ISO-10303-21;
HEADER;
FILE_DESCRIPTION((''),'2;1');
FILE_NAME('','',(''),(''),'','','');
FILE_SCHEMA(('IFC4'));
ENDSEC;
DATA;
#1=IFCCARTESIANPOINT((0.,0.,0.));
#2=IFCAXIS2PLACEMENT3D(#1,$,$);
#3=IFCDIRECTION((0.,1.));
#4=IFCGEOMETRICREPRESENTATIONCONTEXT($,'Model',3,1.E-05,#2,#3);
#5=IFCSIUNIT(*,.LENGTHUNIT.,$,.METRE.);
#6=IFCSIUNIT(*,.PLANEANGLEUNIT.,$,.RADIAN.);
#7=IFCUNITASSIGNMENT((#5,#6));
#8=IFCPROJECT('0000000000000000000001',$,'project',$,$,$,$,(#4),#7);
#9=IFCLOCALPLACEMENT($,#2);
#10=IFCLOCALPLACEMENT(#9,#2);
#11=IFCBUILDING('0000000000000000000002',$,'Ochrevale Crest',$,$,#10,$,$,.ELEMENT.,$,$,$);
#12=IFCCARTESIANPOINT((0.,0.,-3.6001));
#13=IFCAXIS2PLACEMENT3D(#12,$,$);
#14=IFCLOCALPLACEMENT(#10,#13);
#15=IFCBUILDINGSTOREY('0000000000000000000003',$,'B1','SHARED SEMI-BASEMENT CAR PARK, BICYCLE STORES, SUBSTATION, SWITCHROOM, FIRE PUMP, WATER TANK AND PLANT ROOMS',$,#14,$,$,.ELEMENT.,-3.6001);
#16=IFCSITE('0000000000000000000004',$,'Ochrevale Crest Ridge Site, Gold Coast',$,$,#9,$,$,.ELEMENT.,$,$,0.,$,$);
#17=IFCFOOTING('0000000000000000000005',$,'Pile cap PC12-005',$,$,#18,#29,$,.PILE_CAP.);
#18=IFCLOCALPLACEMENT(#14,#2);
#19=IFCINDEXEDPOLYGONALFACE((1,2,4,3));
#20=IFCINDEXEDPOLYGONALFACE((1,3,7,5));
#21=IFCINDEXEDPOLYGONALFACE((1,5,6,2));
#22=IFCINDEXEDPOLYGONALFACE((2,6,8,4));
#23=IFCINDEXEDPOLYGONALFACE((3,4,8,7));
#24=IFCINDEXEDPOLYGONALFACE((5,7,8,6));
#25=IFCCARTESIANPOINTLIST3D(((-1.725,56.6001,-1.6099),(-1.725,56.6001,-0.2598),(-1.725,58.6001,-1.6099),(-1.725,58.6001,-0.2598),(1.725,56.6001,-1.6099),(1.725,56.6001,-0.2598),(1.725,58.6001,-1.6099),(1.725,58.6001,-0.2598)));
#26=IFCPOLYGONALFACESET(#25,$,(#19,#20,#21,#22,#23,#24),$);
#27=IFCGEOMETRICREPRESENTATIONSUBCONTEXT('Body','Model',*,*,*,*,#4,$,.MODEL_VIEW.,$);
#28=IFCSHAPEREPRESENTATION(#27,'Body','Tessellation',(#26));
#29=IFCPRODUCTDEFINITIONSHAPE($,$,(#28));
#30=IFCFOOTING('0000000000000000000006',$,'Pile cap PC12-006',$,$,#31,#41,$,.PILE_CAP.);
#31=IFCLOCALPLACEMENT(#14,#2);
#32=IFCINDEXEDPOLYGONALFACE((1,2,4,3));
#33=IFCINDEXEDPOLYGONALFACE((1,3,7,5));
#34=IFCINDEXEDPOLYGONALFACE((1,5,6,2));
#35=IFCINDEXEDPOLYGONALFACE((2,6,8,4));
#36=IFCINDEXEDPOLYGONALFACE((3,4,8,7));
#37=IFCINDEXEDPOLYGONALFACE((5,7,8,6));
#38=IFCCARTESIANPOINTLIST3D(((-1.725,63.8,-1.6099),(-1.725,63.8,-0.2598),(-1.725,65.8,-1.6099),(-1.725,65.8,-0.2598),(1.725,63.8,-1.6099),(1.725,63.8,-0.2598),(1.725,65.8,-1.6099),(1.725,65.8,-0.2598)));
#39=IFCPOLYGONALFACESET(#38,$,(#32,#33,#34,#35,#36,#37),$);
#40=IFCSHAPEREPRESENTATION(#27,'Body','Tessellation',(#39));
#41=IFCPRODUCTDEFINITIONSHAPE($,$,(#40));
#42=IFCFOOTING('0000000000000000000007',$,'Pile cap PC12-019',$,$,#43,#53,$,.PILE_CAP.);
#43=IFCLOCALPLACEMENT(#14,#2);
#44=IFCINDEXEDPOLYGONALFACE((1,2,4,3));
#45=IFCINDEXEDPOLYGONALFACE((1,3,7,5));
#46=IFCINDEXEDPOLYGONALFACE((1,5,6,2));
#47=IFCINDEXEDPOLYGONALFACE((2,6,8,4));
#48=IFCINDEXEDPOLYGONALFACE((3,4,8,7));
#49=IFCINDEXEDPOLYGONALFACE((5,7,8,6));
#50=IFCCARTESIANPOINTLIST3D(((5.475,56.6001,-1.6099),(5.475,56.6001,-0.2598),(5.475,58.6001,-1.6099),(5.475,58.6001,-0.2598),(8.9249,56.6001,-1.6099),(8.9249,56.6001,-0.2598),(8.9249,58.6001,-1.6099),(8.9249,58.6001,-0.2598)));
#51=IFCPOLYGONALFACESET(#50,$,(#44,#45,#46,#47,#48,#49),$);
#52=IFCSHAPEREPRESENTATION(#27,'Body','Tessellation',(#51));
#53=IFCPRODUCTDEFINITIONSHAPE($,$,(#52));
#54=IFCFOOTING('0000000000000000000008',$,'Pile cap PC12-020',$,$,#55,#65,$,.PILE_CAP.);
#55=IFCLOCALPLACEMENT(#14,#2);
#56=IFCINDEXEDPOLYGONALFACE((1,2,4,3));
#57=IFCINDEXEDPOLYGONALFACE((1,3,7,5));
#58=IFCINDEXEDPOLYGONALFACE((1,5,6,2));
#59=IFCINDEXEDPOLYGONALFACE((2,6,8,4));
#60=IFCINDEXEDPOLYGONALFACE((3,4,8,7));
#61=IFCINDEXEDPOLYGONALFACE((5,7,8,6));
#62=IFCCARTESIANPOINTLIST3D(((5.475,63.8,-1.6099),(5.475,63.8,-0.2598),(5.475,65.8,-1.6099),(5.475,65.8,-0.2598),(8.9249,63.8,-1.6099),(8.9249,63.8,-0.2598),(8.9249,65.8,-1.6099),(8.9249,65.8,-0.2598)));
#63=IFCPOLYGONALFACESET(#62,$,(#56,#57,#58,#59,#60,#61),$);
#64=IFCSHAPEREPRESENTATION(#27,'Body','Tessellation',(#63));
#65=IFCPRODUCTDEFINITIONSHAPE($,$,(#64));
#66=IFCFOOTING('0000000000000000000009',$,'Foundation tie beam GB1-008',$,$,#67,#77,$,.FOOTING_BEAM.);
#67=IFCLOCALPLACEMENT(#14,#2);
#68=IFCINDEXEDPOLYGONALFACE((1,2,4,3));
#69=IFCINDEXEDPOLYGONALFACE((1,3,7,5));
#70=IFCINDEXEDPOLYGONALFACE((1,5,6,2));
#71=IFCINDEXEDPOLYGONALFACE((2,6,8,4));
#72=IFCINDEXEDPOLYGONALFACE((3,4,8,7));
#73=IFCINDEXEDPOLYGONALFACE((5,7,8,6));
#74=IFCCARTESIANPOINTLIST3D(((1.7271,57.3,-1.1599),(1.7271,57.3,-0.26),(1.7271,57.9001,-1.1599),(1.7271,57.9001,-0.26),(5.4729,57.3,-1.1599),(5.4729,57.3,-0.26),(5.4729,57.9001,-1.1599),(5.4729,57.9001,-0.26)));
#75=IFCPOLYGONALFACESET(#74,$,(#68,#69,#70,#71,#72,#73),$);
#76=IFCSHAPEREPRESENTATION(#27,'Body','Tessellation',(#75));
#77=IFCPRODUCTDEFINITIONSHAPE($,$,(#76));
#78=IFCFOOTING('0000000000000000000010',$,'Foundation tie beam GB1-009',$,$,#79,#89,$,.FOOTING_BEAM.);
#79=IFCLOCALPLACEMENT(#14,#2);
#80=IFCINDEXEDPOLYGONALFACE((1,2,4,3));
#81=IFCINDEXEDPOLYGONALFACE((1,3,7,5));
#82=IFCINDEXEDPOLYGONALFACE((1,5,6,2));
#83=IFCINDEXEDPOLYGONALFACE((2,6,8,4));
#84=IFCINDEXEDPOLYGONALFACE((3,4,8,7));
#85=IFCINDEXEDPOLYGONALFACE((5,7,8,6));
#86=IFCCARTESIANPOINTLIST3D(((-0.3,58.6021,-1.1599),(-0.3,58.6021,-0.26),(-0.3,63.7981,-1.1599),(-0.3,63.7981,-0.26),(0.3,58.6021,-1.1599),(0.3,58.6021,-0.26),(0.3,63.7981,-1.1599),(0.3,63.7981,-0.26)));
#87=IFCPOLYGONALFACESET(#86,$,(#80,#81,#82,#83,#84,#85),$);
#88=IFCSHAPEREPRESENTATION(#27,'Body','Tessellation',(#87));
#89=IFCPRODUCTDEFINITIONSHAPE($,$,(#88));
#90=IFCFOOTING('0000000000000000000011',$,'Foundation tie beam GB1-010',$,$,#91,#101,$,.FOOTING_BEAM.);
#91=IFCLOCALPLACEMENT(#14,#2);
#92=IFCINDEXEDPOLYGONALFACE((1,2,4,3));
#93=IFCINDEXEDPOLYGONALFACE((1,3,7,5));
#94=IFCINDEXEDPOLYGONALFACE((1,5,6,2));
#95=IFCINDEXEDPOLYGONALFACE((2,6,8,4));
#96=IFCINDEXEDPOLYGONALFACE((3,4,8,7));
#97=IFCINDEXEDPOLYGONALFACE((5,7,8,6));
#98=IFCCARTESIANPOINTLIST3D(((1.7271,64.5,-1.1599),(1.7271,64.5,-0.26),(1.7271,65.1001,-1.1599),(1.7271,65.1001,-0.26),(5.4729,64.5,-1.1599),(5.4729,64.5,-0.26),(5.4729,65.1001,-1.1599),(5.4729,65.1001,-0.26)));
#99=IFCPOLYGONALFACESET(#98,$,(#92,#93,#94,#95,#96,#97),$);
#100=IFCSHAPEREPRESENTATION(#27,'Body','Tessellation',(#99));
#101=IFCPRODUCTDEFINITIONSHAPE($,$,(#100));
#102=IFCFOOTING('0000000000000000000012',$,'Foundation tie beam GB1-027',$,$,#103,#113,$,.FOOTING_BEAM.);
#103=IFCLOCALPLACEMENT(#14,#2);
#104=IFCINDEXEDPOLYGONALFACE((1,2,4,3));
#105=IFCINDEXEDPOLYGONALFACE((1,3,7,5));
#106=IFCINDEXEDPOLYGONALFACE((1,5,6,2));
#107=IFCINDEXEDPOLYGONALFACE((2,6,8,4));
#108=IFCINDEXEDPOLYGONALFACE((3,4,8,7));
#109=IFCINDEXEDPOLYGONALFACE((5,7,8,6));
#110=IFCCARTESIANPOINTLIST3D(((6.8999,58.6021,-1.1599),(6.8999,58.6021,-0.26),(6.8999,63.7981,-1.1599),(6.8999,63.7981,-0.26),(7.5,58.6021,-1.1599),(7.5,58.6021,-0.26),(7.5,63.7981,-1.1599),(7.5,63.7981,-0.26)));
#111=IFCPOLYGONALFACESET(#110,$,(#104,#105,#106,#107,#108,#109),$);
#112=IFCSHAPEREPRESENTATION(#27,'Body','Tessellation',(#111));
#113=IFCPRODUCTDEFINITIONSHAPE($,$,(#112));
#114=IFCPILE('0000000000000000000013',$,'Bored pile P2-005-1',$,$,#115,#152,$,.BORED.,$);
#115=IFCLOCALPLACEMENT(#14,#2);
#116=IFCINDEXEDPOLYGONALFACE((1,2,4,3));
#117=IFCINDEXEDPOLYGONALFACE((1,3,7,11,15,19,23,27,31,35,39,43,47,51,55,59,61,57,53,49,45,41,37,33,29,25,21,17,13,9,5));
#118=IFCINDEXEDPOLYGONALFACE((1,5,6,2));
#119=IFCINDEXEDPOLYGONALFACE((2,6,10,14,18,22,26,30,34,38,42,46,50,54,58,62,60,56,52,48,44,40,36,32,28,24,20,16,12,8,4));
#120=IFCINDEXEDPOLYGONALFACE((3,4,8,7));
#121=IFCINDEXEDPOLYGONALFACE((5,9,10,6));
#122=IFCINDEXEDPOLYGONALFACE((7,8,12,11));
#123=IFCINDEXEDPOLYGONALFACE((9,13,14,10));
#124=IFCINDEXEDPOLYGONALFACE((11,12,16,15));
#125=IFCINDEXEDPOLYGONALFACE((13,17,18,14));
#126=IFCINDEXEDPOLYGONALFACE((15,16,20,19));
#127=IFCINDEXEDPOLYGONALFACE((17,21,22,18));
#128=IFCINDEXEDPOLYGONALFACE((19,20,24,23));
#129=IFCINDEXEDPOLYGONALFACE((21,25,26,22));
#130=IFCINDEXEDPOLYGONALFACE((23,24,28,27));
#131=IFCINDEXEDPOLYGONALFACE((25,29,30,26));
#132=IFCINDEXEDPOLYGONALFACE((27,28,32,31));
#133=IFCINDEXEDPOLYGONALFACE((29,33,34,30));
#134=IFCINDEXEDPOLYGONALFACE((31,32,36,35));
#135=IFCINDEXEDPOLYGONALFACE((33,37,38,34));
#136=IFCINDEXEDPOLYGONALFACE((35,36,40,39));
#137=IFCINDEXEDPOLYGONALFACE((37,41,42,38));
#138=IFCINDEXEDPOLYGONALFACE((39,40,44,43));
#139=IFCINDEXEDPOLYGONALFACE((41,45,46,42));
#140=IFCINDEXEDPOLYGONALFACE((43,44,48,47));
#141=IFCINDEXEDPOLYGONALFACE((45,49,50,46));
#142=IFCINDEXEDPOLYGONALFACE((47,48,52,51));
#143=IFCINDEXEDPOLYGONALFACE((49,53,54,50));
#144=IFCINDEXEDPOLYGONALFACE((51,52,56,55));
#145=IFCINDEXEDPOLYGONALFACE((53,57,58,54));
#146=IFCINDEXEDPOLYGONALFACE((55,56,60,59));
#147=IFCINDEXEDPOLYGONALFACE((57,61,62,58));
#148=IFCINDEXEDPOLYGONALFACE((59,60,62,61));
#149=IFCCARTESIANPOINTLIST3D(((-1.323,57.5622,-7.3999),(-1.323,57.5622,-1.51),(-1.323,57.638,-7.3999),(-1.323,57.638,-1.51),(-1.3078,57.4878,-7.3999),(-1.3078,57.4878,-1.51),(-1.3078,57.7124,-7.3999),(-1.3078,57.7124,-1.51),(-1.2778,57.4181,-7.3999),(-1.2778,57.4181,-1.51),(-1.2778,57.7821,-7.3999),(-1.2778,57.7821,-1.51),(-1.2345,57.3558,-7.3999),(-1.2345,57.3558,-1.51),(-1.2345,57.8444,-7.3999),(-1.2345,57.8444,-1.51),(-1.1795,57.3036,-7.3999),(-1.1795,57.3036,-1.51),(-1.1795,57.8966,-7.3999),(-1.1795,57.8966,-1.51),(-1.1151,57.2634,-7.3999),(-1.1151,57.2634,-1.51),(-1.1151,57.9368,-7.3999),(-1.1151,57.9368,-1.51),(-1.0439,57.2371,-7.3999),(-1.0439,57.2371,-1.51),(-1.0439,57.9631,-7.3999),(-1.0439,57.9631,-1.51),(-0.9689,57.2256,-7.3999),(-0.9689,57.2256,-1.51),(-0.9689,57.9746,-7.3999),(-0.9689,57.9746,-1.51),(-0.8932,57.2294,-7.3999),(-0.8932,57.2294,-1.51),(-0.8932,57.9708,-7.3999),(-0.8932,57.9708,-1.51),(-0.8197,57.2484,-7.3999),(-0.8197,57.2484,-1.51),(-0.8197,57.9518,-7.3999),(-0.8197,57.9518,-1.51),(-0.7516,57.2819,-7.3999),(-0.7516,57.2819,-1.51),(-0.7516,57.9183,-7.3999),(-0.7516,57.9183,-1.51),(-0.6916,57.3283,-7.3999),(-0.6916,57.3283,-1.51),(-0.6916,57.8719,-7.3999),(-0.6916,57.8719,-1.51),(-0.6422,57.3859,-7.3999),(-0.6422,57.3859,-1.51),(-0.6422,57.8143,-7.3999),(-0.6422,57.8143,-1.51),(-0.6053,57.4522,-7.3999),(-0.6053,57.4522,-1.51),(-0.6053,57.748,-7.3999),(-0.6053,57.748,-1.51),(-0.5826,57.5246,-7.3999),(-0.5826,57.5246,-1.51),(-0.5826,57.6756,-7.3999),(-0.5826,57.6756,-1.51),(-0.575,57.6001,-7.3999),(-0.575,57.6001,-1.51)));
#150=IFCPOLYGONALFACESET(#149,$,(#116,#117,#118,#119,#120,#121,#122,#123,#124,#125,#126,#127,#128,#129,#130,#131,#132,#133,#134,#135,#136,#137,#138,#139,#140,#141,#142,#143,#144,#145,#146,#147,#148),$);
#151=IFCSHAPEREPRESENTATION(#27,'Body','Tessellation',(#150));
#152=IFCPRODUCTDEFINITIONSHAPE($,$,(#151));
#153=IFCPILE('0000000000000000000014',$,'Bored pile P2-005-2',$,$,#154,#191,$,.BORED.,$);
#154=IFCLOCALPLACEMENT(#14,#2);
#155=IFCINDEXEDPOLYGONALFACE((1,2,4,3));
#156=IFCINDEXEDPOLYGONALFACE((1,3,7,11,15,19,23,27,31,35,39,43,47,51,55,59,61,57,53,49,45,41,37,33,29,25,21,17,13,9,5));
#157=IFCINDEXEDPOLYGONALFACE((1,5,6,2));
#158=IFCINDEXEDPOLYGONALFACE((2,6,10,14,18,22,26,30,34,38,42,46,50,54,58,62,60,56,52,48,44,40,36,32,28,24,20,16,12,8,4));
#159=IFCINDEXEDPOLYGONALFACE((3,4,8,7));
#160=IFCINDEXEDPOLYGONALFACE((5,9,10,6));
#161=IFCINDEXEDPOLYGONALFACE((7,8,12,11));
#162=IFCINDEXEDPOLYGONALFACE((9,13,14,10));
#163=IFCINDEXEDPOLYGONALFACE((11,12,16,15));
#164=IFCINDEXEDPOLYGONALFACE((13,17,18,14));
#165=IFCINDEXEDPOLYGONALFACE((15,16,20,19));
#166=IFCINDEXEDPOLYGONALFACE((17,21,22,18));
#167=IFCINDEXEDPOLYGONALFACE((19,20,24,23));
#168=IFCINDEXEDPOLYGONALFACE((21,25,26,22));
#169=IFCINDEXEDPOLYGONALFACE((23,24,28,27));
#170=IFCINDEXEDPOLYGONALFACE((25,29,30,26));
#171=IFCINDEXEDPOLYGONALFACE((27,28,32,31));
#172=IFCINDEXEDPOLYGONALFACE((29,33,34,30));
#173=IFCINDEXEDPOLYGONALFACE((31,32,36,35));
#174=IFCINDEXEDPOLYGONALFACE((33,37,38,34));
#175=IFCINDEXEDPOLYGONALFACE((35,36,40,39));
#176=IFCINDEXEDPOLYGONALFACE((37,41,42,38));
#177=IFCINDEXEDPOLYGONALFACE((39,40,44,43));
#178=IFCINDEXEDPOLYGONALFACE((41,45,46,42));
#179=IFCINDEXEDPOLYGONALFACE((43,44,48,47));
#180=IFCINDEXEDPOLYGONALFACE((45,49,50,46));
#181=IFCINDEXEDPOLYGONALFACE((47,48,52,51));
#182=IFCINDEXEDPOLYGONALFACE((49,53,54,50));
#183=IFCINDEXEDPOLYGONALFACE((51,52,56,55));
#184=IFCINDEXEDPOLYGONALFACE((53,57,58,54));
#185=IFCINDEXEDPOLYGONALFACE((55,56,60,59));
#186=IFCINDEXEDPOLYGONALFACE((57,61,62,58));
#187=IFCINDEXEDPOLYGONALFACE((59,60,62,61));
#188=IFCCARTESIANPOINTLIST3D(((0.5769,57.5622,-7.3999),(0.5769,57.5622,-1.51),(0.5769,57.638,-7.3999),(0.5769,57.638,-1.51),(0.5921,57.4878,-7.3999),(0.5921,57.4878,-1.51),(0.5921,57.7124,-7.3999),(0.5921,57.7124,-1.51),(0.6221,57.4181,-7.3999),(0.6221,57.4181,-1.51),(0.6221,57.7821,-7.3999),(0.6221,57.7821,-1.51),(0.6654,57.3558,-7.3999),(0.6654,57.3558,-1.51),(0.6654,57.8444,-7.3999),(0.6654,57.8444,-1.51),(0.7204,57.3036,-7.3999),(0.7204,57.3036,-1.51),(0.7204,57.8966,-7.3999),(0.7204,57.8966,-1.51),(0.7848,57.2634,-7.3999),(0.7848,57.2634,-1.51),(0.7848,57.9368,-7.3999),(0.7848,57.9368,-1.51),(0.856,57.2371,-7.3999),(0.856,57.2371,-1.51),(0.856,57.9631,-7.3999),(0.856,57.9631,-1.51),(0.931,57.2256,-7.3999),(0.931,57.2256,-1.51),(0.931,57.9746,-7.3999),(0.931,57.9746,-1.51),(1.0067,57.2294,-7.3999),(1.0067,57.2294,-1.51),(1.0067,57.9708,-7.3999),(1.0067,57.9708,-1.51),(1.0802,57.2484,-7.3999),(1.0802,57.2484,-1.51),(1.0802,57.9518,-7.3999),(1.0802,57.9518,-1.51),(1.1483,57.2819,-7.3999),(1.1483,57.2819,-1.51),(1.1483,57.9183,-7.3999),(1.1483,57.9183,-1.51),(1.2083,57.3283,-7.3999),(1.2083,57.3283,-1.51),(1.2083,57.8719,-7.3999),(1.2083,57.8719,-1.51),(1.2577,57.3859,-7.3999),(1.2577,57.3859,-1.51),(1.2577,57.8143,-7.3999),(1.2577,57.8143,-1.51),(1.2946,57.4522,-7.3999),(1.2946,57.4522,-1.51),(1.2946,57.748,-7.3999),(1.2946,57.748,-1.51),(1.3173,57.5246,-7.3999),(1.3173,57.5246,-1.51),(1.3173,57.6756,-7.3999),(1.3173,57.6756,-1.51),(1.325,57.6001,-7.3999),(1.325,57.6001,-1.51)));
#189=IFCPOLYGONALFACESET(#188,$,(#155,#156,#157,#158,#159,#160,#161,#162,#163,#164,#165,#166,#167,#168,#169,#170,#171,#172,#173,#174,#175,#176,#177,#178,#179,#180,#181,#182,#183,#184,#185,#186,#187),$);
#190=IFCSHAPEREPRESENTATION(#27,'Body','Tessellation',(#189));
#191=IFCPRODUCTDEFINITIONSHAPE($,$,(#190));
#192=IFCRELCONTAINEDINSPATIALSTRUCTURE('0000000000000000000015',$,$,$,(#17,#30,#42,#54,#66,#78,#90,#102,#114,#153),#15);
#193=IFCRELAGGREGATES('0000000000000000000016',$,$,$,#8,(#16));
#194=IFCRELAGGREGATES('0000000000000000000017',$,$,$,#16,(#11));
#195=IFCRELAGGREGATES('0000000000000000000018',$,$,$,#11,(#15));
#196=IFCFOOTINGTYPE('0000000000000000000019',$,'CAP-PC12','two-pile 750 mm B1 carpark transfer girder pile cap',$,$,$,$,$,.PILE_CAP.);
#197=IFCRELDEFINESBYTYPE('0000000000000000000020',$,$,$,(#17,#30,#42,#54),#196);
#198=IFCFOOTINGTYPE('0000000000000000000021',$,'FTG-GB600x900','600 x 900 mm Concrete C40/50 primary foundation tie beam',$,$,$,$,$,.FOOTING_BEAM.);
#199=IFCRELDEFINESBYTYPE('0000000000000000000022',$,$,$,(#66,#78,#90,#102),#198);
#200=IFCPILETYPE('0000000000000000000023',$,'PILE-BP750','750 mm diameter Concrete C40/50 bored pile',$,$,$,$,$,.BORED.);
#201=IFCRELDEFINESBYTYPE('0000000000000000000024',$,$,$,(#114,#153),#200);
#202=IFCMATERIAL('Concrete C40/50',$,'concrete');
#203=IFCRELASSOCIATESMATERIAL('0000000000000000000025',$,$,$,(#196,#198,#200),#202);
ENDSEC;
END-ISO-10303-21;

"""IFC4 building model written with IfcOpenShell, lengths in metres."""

from ifc_helpers import new_model, si_unit, direction, frame, origin, origin_2d, place, context, subcontext, project, spatial, rectangle, circle, extrude, material, material_profile, profile_set, type_object, element, save


model = new_model("IFC4")

# Units and contexts
model_context = context("Model", 3, precision=1e-05, world=origin(), true_north=direction((0.0, 1.0)))
body_context = subcontext(model_context, "Body", "Model", "MODEL_VIEW")
ifc_project = project(units=[si_unit("LENGTHUNIT", "METRE"), si_unit("PLANEANGLEUNIT", "RADIAN")], contexts=[model_context])

# Site, building, storey
site_placement = place(None, origin())
site = spatial("IfcSite", under=ifc_project, at=site_placement, Name="Ochrevale Crest Ridge Site, Gold Coast", CompositionType="ELEMENT", RefElevation=0.0)
building_placement = place(site_placement, origin())
building = spatial("IfcBuilding", under=site, at=building_placement, Name="Ochrevale Crest", CompositionType="ELEMENT")
storey_placement = place(building_placement, frame((0.0, 0.0, -3.6001)))
storey = spatial("IfcBuildingStorey", under=building, at=storey_placement, Name="B1", Description="SHARED SEMI-BASEMENT CAR PARK, BICYCLE STORES, SUBSTATION, SWITCHROOM, FIRE PUMP, WATER TANK AND PLANT ROOMS", CompositionType="ELEMENT", Elevation=-3.6001)

# Footings
ifc_material_1 = material(Name="Concrete C40/50", Category="concrete")
footing_type_1 = type_object("IfcFootingType", Name="CAP-PC12", Description="two-pile 750 mm B1 carpark transfer girder pile cap", PredefinedType="PILE_CAP", material=ifc_material_1)
for number, where, z_axis, x_axis, name in (
    (1, (0.0, 57.6001, -1.6099), (0.0, 0.0, 1.0), (1.0, 0.0, 0.0), "Pile cap PC12-005"),
    (2, (0.0, 64.8, -1.6099), (0.0, 0.0, 1.0), (1.0, 0.0, 0.0), "Pile cap PC12-006"),
    (3, (7.2, 57.6001, -1.6099), (0.0, 0.0, 1.0), (1.0, 0.0, 0.0), "Pile cap PC12-019"),
    (4, (7.2, 64.8, -1.6099), (0.0, 0.0, 1.0), (1.0, 0.0, 0.0), "Pile cap PC12-020"),
):
    element("IfcFooting", number, at=place(storey_placement, frame(where, z_axis=z_axis, x_axis=x_axis)), inside=storey, type_object=footing_type_1, Name=name, PredefinedType="PILE_CAP", context=body_context, shape_type="SweptSolid", body=[
        extrude(rectangle(XDim=3.45, YDim=2.0, at=origin_2d()), origin(), (0.0, 0.0, 1.0), 1.3501),
    ])
ifc_material_profile_1 = material_profile(ifc_material_1, rectangle(XDim=0.6001, YDim=0.8999, at=origin_2d()), Name="GB 600x900")
ifc_profile_set_1 = profile_set([ifc_material_profile_1], Name="Concrete C40/50")
footing_type_2 = type_object("IfcFootingType", Name="FTG-GB600x900", Description="600 x 900 mm Concrete C40/50 primary foundation tie beam", PredefinedType="FOOTING_BEAM", material=ifc_profile_set_1)
footing_1_placement = place(storey_placement, frame((1.7271, 57.6001, -0.71), z_axis=(1.0, 0.0, 0.0), x_axis=(0.0, 1.0, 0.0)))
element("IfcFooting", 5, at=footing_1_placement, inside=storey, type_object=footing_type_2, Name="Foundation tie beam GB1-008", PredefinedType="FOOTING_BEAM", context=body_context, shape_type="SweptSolid", body=[
    extrude(rectangle(XDim=0.6001, YDim=0.8999, at=origin_2d()), origin(), (0.0, 0.0, 1.0), 3.7458),
])
footing_2_placement = place(storey_placement, frame((0.0, 58.6021, -0.71), z_axis=(0.0, 1.0, 0.0), x_axis=(-1.0, 0.0, 0.0)))
element("IfcFooting", 6, at=footing_2_placement, inside=storey, type_object=footing_type_2, Name="Foundation tie beam GB1-009", PredefinedType="FOOTING_BEAM", context=body_context, shape_type="SweptSolid", body=[
    extrude(rectangle(XDim=0.6001, YDim=0.8999, at=origin_2d()), origin(), (0.0, 0.0, 1.0), 5.196),
])
footing_3_placement = place(storey_placement, frame((1.7271, 64.8, -0.71), z_axis=(1.0, 0.0, 0.0), x_axis=(0.0, 1.0, 0.0)))
element("IfcFooting", 7, at=footing_3_placement, inside=storey, type_object=footing_type_2, Name="Foundation tie beam GB1-010", PredefinedType="FOOTING_BEAM", context=body_context, shape_type="SweptSolid", body=[
    extrude(rectangle(XDim=0.6001, YDim=0.8999, at=origin_2d()), origin(), (0.0, 0.0, 1.0), 3.7458),
])
footing_4_placement = place(storey_placement, frame((7.2, 58.6021, -0.71), z_axis=(0.0, 1.0, 0.0), x_axis=(-1.0, 0.0, 0.0)))
element("IfcFooting", 8, at=footing_4_placement, inside=storey, type_object=footing_type_2, Name="Foundation tie beam GB1-027", PredefinedType="FOOTING_BEAM", context=body_context, shape_type="SweptSolid", body=[
    extrude(rectangle(XDim=0.6001, YDim=0.8999, at=origin_2d()), origin(), (0.0, 0.0, 1.0), 5.196),
])

# Piles
ifc_material_profile_2 = material_profile(ifc_material_1, circle(Radius=0.375, at=origin_2d()), Name="BORED PILE 750")
ifc_profile_set_2 = profile_set([ifc_material_profile_2], Name="Concrete C40/50")
pile_type = type_object("IfcPileType", Name="PILE-BP750", Description="750 mm diameter Concrete C40/50 bored pile", PredefinedType="BORED", material=ifc_profile_set_2)
for number, where, z_axis, x_axis, name in (
    (9, (-0.95, 57.6001, -1.51), (0.0, 0.0, -1.0), (1.0, 0.0, 0.0), "Bored pile P2-005-1"),
    (10, (0.95, 57.6001, -1.51), (0.0, 0.0, -1.0), (1.0, 0.0, 0.0), "Bored pile P2-005-2"),
):
    element("IfcPile", number, at=place(storey_placement, frame(where, z_axis=z_axis, x_axis=x_axis)), inside=storey, type_object=pile_type, Name=name, PredefinedType="BORED", context=body_context, shape_type="SweptSolid", body=[
        extrude(circle(Radius=0.375, at=origin_2d()), origin(), (0.0, 0.0, 1.0), 5.8899),
    ])

save(model, "model.ifc")
